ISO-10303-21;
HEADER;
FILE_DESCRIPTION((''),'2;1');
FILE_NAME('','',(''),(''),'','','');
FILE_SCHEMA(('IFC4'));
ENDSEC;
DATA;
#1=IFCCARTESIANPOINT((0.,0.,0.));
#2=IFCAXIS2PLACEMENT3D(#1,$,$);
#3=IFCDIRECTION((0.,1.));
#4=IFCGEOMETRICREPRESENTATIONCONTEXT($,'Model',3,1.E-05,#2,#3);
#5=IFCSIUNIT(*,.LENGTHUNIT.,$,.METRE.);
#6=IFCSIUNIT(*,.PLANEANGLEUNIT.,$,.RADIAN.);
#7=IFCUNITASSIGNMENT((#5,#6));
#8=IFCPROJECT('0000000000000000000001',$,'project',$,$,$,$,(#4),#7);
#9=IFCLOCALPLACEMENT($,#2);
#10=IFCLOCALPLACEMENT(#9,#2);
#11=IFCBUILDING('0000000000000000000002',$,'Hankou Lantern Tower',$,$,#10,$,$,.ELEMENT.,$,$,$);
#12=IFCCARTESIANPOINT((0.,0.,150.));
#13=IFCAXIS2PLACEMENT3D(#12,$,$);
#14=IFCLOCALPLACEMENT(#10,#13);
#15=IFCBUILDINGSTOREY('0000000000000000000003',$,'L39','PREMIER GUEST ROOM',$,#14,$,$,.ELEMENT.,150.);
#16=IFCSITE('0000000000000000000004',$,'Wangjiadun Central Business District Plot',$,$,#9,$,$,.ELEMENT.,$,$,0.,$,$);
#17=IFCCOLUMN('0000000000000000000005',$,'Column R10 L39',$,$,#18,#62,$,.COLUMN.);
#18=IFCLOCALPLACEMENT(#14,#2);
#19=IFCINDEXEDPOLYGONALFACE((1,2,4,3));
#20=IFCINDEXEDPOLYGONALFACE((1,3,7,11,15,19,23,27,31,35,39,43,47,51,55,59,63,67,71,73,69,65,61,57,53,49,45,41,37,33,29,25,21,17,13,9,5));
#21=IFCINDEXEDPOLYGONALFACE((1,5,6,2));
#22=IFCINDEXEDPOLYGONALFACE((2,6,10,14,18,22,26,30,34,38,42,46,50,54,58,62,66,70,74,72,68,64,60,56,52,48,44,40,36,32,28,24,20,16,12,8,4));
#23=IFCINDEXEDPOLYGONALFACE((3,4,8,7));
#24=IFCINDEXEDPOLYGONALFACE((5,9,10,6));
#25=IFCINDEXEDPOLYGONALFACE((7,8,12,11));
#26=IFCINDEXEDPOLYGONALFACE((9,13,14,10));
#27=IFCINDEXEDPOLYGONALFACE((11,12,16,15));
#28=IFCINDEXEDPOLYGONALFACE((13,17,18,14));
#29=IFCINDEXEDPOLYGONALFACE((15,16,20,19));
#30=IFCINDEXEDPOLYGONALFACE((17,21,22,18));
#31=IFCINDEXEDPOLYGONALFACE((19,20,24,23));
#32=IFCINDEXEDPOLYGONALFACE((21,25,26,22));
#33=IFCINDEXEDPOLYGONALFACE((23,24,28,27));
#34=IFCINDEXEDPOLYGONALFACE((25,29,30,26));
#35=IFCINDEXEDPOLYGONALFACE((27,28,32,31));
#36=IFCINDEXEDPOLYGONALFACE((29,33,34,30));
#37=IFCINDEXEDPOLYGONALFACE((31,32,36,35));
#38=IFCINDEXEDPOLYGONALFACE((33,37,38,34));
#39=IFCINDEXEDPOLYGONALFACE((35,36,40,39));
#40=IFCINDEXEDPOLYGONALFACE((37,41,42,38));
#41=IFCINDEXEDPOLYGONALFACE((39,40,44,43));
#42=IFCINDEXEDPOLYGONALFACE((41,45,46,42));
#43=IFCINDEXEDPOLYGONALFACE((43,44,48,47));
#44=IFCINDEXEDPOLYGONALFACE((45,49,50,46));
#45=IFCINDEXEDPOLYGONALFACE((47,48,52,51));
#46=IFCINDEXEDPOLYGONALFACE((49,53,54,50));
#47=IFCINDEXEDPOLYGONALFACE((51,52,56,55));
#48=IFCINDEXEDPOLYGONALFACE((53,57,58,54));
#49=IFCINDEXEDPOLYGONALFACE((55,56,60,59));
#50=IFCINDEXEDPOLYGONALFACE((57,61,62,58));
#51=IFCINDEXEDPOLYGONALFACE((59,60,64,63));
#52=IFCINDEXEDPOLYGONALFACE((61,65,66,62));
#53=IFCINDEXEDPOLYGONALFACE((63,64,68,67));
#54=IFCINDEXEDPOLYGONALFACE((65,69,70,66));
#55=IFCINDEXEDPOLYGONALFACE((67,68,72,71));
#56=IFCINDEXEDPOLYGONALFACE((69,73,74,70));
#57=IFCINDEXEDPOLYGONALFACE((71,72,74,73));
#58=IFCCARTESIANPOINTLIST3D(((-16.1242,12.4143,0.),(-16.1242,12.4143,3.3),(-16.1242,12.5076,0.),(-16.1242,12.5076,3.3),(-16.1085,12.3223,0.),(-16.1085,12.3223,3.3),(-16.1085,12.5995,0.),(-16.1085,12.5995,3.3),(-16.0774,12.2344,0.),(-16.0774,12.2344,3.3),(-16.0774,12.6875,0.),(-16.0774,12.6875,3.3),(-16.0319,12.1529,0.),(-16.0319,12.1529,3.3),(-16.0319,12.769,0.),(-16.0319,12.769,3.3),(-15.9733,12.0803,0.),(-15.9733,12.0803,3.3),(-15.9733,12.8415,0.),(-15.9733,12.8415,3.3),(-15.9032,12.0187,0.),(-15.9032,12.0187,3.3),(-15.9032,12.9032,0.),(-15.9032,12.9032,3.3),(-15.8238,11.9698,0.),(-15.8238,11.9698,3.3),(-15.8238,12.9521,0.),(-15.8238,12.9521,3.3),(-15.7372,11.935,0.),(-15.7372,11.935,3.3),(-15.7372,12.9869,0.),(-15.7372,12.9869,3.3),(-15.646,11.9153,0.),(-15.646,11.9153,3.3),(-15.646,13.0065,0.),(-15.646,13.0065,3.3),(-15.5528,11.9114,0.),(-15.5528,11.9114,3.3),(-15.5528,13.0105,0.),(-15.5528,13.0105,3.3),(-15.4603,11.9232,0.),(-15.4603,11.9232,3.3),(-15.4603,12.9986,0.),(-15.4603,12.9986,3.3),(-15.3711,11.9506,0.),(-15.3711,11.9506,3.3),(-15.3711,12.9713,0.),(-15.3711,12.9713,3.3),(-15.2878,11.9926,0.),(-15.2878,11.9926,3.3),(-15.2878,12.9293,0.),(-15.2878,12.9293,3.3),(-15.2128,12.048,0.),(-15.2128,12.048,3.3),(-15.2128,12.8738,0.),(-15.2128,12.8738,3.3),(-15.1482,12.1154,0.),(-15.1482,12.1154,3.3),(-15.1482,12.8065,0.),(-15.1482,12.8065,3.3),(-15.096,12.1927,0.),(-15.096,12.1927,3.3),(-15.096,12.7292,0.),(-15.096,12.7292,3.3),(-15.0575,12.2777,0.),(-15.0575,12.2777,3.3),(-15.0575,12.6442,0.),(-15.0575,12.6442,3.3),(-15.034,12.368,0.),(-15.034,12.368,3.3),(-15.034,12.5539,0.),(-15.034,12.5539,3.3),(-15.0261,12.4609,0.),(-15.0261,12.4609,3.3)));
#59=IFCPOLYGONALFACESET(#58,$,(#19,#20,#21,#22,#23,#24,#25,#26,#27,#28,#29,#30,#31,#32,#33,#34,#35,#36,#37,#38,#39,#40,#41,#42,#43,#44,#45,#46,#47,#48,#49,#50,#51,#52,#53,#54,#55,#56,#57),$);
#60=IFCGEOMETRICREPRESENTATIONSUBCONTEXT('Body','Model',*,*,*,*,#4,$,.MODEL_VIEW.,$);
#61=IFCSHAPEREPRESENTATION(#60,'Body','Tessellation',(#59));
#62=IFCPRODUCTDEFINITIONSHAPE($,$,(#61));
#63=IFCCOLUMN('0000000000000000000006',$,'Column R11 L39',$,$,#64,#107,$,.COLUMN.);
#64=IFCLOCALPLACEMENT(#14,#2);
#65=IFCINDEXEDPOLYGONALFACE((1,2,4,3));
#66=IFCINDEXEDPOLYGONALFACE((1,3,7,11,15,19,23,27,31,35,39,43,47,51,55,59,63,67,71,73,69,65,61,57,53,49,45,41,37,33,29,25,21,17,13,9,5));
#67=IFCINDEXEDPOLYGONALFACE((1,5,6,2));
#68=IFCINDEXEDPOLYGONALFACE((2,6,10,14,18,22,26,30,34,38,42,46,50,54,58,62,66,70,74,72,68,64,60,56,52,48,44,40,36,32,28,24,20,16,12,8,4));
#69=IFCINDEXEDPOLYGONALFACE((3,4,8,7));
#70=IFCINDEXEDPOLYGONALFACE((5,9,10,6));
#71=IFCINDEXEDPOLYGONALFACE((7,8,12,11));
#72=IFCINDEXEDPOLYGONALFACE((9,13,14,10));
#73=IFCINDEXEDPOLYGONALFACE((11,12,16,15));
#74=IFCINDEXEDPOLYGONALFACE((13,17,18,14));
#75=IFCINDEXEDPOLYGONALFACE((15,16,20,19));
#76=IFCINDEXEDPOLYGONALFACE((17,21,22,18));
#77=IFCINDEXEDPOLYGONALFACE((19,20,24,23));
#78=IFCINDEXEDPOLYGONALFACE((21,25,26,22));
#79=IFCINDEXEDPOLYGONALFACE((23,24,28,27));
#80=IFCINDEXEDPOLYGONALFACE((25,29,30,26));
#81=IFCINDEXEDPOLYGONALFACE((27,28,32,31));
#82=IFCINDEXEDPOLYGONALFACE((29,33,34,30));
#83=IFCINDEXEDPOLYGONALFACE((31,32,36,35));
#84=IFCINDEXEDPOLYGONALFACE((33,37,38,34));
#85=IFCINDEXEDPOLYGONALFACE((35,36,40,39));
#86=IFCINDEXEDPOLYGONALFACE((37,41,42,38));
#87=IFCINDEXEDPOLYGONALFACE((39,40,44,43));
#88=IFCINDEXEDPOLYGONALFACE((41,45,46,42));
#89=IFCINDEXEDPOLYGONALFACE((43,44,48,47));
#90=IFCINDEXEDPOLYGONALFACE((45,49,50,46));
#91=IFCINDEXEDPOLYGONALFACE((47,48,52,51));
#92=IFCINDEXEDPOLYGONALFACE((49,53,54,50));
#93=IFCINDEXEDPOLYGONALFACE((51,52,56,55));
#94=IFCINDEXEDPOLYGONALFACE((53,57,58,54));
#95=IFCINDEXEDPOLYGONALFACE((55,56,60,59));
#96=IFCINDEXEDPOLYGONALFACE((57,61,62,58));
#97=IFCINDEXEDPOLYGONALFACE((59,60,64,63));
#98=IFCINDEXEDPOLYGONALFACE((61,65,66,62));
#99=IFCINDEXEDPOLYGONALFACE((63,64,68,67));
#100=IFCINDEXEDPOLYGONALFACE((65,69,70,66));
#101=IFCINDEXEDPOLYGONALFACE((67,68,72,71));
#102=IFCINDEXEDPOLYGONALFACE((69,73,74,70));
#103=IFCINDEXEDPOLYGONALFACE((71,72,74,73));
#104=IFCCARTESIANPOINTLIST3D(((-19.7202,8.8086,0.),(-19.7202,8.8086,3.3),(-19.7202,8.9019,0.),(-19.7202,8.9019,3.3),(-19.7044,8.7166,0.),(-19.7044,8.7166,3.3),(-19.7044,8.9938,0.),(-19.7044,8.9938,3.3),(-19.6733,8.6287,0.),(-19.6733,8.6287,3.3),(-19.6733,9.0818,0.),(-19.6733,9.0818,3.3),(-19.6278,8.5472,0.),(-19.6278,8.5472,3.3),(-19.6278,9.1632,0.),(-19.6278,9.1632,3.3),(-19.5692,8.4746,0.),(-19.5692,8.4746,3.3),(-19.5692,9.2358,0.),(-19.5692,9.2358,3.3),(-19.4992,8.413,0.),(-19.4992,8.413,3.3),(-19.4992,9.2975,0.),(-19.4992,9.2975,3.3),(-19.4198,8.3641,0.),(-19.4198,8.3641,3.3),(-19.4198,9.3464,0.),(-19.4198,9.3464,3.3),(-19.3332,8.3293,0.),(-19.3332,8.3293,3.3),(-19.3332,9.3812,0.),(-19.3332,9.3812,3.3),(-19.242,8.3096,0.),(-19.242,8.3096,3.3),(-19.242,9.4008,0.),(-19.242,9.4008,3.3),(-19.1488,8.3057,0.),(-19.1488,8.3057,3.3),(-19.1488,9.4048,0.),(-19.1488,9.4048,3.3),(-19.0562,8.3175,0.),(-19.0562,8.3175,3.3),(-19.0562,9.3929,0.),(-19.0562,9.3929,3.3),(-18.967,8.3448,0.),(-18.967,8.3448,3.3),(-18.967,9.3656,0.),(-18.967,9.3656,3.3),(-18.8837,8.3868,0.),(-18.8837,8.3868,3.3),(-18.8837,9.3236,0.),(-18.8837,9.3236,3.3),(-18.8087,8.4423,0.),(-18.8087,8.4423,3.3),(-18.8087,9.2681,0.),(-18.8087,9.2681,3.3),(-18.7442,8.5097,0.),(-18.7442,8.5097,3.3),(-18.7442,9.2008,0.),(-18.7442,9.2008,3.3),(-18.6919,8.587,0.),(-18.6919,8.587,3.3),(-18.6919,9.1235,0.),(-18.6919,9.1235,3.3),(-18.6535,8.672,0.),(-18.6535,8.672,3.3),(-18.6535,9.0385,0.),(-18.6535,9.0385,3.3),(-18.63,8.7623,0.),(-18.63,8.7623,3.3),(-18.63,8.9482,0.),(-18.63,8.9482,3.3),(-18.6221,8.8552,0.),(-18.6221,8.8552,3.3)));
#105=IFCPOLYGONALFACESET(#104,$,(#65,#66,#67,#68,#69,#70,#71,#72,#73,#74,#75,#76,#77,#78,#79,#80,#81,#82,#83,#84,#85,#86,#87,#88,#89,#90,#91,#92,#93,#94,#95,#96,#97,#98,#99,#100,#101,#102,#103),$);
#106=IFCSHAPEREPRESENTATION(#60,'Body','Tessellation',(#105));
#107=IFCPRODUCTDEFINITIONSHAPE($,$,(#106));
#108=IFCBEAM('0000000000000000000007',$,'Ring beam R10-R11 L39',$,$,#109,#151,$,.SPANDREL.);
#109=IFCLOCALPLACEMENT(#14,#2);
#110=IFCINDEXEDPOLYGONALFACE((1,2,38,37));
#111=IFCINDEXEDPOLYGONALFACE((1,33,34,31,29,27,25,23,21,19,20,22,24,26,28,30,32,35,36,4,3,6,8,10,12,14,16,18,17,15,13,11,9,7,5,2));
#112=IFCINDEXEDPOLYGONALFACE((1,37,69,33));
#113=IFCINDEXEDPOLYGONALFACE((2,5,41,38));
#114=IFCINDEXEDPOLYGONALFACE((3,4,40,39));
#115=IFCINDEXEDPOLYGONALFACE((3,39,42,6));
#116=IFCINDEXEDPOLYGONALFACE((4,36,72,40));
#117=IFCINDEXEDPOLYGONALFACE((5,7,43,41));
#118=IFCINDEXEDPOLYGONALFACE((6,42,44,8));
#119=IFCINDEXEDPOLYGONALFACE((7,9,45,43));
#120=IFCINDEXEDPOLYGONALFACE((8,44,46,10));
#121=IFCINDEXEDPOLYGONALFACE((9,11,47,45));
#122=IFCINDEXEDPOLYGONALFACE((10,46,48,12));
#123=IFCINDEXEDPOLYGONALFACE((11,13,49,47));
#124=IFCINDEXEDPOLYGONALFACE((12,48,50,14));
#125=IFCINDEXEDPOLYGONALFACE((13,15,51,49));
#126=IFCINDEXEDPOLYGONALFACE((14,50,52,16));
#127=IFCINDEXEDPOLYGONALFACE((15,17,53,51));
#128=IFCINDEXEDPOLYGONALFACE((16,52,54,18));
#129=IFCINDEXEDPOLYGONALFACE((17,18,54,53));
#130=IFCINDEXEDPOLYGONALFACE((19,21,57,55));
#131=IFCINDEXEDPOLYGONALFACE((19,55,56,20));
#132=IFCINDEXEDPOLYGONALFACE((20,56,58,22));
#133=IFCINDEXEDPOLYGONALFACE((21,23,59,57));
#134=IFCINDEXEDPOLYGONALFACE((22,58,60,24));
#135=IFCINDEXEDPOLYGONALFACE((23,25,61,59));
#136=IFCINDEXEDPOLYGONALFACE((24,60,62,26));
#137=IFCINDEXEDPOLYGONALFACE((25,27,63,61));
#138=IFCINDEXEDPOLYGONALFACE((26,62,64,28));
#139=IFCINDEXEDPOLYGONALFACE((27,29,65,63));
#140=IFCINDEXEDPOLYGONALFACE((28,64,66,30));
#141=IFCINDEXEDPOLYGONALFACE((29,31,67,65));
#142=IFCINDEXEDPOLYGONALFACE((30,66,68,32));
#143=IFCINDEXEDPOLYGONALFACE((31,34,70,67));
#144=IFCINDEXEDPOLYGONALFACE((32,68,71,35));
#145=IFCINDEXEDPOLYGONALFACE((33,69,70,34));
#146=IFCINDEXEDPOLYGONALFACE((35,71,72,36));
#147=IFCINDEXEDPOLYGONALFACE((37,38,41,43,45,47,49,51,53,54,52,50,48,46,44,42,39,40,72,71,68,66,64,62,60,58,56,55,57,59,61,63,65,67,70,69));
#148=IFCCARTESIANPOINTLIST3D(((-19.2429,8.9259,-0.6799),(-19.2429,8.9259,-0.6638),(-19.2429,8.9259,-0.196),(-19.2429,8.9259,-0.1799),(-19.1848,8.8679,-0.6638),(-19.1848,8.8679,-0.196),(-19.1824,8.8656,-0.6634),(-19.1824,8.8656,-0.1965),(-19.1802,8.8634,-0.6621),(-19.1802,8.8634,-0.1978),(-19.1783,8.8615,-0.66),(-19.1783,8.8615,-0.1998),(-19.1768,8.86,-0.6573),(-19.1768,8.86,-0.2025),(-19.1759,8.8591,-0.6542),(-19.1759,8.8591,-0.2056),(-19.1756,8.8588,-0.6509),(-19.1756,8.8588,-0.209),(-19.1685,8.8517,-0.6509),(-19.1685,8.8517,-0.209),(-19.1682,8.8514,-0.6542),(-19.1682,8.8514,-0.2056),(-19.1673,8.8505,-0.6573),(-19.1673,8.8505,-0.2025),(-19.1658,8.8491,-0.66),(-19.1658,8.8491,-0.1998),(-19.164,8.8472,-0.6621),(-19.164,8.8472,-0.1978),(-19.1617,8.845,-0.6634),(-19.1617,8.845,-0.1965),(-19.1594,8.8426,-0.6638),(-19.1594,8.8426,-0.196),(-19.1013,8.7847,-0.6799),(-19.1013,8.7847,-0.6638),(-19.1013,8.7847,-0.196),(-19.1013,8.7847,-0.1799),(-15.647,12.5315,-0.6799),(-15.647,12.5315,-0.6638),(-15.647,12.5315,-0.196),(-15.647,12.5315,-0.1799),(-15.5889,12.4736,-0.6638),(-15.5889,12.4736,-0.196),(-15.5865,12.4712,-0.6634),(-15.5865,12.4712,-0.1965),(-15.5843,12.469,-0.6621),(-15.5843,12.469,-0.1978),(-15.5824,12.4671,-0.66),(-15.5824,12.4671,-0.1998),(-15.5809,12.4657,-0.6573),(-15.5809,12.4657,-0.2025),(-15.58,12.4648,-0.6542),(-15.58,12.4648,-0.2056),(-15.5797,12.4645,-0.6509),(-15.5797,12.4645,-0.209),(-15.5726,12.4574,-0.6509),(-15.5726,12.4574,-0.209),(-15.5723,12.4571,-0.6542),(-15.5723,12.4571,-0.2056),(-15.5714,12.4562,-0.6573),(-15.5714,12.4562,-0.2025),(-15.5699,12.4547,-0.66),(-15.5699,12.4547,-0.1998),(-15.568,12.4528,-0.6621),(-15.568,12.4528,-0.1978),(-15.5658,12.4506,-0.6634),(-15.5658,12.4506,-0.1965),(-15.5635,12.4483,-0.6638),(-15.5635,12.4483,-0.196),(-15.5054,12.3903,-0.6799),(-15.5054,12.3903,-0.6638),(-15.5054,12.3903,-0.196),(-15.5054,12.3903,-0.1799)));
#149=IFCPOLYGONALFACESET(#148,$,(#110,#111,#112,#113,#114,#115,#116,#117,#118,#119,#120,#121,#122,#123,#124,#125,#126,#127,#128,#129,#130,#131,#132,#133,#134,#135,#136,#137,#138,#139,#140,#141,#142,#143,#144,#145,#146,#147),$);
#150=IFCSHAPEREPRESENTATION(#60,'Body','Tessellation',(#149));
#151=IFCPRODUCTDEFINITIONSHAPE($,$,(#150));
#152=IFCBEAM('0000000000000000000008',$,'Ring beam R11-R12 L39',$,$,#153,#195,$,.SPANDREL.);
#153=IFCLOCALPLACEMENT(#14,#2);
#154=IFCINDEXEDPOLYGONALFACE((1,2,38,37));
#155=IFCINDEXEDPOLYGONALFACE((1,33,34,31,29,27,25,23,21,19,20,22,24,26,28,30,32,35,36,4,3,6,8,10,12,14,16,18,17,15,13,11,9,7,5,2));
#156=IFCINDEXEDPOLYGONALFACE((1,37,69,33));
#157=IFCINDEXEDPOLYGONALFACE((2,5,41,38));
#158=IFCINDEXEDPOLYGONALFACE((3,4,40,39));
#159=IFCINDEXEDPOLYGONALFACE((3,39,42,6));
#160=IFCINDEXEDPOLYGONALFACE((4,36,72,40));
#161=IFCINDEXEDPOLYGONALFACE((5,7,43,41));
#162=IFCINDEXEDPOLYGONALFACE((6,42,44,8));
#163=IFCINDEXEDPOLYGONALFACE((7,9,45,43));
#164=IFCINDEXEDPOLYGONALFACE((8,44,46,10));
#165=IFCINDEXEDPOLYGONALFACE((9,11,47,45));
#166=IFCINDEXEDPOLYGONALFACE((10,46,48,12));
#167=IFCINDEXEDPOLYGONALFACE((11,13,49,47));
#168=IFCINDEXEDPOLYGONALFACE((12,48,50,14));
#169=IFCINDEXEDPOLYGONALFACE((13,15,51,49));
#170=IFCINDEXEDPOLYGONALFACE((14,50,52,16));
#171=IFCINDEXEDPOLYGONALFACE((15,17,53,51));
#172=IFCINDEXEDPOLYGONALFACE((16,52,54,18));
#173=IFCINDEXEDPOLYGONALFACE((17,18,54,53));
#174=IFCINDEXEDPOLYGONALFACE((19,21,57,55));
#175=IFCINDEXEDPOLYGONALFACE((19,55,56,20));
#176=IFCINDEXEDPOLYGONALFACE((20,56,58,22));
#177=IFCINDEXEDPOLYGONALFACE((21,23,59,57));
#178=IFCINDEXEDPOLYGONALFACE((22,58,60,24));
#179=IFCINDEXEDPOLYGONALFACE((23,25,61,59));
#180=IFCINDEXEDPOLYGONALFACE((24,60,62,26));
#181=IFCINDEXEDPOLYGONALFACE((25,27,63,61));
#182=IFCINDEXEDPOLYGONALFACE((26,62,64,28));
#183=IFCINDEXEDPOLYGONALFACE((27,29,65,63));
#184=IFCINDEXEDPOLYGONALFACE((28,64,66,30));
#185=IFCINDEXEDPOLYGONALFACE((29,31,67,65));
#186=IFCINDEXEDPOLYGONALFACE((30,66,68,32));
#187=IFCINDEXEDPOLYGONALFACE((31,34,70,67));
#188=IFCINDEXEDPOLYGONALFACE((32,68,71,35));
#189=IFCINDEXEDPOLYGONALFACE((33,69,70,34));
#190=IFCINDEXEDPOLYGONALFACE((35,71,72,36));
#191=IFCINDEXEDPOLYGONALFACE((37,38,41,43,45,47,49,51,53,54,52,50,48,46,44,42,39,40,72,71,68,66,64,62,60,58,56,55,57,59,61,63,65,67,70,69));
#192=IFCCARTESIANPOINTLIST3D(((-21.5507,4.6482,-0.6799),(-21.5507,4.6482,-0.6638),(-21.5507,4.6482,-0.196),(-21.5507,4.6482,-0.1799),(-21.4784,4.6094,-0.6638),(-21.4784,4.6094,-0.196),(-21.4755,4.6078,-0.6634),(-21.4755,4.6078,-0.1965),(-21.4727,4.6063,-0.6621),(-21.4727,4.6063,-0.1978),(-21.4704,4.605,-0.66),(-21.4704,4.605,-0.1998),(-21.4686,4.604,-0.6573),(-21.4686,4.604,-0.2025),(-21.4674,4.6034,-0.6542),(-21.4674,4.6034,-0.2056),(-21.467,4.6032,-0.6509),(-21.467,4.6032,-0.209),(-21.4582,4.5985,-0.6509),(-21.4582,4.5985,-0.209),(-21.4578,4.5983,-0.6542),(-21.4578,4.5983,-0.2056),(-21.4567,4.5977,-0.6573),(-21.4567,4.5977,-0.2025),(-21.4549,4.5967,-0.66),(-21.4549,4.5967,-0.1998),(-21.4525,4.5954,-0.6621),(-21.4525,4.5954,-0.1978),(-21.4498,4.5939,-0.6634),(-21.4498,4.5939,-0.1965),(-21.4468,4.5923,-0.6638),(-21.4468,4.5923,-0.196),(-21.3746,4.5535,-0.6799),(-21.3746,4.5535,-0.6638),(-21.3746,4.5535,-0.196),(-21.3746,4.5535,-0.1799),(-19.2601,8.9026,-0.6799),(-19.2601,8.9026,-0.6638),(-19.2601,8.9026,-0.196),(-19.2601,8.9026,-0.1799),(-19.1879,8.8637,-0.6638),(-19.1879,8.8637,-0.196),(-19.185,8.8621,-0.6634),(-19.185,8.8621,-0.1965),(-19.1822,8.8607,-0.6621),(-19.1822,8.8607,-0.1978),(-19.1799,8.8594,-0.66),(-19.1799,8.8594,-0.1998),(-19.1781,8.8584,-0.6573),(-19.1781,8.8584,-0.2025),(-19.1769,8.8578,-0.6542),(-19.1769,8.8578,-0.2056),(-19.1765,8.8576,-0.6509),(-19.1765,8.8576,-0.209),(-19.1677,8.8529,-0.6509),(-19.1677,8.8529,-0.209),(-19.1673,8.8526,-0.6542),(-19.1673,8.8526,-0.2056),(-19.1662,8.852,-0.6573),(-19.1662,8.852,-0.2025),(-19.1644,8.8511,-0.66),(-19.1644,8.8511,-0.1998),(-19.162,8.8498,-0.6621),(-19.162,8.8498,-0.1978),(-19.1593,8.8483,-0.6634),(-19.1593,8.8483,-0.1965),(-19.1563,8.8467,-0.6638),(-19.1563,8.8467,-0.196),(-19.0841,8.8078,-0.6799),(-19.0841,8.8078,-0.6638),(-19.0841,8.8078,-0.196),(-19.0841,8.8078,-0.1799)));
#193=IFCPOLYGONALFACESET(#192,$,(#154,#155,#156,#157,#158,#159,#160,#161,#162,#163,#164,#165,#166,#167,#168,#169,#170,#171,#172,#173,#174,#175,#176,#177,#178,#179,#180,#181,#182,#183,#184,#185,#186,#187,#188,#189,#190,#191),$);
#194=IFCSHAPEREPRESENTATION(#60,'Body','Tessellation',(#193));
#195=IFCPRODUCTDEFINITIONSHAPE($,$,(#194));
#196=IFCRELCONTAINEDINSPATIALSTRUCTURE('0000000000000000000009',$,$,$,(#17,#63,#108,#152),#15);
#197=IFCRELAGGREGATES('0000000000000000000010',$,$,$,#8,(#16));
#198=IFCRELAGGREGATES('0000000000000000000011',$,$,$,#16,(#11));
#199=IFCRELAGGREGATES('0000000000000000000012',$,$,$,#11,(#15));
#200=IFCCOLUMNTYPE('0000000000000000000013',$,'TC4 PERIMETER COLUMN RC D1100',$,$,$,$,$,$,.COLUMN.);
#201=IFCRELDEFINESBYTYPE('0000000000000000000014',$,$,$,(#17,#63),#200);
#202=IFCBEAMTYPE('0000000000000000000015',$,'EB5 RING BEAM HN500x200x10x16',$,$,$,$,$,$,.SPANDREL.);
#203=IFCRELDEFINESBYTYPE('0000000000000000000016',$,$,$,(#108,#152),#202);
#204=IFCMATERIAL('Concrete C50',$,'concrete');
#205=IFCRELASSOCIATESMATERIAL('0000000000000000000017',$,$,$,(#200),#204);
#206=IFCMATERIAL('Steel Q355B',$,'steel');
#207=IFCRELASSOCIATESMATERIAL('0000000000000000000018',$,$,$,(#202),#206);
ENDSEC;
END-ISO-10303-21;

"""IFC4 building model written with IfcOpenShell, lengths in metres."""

from ifc_helpers import new_model, si_unit, direction, frame, origin, origin_2d, place, context, subcontext, project, spatial, circle, i_section, extrude, material, material_profile, profile_set, type_object, element, save


model = new_model("IFC4")

# Units and contexts
model_context = context("Model", 3, precision=1e-05, world=origin(), true_north=direction((0.0, 1.0)))
body_context = subcontext(model_context, "Body", "Model", "MODEL_VIEW")
ifc_project = project(units=[si_unit("LENGTHUNIT", "METRE"), si_unit("PLANEANGLEUNIT", "RADIAN")], contexts=[model_context])

# Site, building, storey
site_placement = place(None, origin())
site = spatial("IfcSite", under=ifc_project, at=site_placement, Name="Wangjiadun Central Business District Plot", CompositionType="ELEMENT", RefElevation=0.0)
building_placement = place(site_placement, origin())
building = spatial("IfcBuilding", under=site, at=building_placement, Name="Hankou Lantern Tower", CompositionType="ELEMENT")
storey_placement = place(building_placement, frame((0.0, 0.0, 150.0)))
storey = spatial("IfcBuildingStorey", under=building, at=storey_placement, Name="L39", Description="PREMIER GUEST ROOM", CompositionType="ELEMENT", Elevation=150.0)

# Columns
ifc_material_1 = material(Name="Concrete C50", Category="concrete")
ifc_material_profile_1 = material_profile(ifc_material_1, circle(Radius=0.55, at=origin_2d()), Name="RC D1100")
ifc_profile_set_1 = profile_set([ifc_material_profile_1], Name="Concrete C50")
column_type = type_object("IfcColumnType", Name="TC4 PERIMETER COLUMN RC D1100", PredefinedType="COLUMN", material=ifc_profile_set_1)
for number, where, z_axis, x_axis, name in (
    (1, (-15.5762, 12.4609, 0.0), (0.0, 0.0, 1.0), (1.0, 0.0, 0.0), "Column R10 L39"),
    (2, (-19.1721, 8.8552, 0.0), (0.0, 0.0, 1.0), (1.0, 0.0, 0.0), "Column R11 L39"),
):
    element("IfcColumn", number, at=place(storey_placement, frame(where, z_axis=z_axis, x_axis=x_axis)), inside=storey, type_object=column_type, Name=name, PredefinedType="COLUMN", context=body_context, shape_type="SweptSolid", body=[
        extrude(circle(Radius=0.55, at=origin_2d()), origin(), (0.0, 0.0, 1.0), 3.3),
    ])

# Beams
ifc_material_2 = material(Name="Steel Q355B", Category="steel")
ifc_material_profile_2 = material_profile(ifc_material_2, i_section(OverallWidth=0.2, OverallDepth=0.5, WebThickness=0.01, FlangeThickness=0.0161, FilletRadius=0.0129, at=origin_2d()), Name="HN500x200x10x16")
ifc_profile_set_2 = profile_set([ifc_material_profile_2], Name="Steel Q355B")
beam_type_1 = type_object("IfcBeamType", Name="EB5 RING BEAM HN500x200x10x16", PredefinedType="SPANDREL", material=ifc_profile_set_2)
beam_1_placement = place(storey_placement, frame((-15.5762, 12.4609, -0.4299), z_axis=(-0.706147, -0.708065, 0.0), x_axis=(0.708065, -0.706147, 0.0)))
element("IfcBeam", 3, at=beam_1_placement, inside=storey, type_object=beam_type_1, Name="Ring beam R10-R11 L39", PredefinedType="SPANDREL", context=body_context, shape_type="SweptSolid", body=[
    extrude(i_section(OverallWidth=0.2, OverallDepth=0.5, WebThickness=0.01, FlangeThickness=0.0161, FilletRadius=0.0129, at=origin_2d()), origin(), (0.0, 0.0, 1.0), 5.0923),
])
beam_2_placement = place(storey_placement, frame((-19.1721, 8.8552, -0.4299), z_axis=(-0.474052, -0.880497, 0.0), x_axis=(0.880497, -0.474052, 0.0)))
element("IfcBeam", 4, at=beam_2_placement, inside=storey, type_object=beam_type_1, Name="Ring beam R11-R12 L39", PredefinedType="SPANDREL", context=body_context, shape_type="SweptSolid", body=[
    extrude(i_section(OverallWidth=0.2, OverallDepth=0.5, WebThickness=0.01, FlangeThickness=0.0161, FilletRadius=0.0129, at=origin_2d()), origin(), (0.0, 0.0, 1.0), 4.8318),
])

save(model, "model.ifc")
